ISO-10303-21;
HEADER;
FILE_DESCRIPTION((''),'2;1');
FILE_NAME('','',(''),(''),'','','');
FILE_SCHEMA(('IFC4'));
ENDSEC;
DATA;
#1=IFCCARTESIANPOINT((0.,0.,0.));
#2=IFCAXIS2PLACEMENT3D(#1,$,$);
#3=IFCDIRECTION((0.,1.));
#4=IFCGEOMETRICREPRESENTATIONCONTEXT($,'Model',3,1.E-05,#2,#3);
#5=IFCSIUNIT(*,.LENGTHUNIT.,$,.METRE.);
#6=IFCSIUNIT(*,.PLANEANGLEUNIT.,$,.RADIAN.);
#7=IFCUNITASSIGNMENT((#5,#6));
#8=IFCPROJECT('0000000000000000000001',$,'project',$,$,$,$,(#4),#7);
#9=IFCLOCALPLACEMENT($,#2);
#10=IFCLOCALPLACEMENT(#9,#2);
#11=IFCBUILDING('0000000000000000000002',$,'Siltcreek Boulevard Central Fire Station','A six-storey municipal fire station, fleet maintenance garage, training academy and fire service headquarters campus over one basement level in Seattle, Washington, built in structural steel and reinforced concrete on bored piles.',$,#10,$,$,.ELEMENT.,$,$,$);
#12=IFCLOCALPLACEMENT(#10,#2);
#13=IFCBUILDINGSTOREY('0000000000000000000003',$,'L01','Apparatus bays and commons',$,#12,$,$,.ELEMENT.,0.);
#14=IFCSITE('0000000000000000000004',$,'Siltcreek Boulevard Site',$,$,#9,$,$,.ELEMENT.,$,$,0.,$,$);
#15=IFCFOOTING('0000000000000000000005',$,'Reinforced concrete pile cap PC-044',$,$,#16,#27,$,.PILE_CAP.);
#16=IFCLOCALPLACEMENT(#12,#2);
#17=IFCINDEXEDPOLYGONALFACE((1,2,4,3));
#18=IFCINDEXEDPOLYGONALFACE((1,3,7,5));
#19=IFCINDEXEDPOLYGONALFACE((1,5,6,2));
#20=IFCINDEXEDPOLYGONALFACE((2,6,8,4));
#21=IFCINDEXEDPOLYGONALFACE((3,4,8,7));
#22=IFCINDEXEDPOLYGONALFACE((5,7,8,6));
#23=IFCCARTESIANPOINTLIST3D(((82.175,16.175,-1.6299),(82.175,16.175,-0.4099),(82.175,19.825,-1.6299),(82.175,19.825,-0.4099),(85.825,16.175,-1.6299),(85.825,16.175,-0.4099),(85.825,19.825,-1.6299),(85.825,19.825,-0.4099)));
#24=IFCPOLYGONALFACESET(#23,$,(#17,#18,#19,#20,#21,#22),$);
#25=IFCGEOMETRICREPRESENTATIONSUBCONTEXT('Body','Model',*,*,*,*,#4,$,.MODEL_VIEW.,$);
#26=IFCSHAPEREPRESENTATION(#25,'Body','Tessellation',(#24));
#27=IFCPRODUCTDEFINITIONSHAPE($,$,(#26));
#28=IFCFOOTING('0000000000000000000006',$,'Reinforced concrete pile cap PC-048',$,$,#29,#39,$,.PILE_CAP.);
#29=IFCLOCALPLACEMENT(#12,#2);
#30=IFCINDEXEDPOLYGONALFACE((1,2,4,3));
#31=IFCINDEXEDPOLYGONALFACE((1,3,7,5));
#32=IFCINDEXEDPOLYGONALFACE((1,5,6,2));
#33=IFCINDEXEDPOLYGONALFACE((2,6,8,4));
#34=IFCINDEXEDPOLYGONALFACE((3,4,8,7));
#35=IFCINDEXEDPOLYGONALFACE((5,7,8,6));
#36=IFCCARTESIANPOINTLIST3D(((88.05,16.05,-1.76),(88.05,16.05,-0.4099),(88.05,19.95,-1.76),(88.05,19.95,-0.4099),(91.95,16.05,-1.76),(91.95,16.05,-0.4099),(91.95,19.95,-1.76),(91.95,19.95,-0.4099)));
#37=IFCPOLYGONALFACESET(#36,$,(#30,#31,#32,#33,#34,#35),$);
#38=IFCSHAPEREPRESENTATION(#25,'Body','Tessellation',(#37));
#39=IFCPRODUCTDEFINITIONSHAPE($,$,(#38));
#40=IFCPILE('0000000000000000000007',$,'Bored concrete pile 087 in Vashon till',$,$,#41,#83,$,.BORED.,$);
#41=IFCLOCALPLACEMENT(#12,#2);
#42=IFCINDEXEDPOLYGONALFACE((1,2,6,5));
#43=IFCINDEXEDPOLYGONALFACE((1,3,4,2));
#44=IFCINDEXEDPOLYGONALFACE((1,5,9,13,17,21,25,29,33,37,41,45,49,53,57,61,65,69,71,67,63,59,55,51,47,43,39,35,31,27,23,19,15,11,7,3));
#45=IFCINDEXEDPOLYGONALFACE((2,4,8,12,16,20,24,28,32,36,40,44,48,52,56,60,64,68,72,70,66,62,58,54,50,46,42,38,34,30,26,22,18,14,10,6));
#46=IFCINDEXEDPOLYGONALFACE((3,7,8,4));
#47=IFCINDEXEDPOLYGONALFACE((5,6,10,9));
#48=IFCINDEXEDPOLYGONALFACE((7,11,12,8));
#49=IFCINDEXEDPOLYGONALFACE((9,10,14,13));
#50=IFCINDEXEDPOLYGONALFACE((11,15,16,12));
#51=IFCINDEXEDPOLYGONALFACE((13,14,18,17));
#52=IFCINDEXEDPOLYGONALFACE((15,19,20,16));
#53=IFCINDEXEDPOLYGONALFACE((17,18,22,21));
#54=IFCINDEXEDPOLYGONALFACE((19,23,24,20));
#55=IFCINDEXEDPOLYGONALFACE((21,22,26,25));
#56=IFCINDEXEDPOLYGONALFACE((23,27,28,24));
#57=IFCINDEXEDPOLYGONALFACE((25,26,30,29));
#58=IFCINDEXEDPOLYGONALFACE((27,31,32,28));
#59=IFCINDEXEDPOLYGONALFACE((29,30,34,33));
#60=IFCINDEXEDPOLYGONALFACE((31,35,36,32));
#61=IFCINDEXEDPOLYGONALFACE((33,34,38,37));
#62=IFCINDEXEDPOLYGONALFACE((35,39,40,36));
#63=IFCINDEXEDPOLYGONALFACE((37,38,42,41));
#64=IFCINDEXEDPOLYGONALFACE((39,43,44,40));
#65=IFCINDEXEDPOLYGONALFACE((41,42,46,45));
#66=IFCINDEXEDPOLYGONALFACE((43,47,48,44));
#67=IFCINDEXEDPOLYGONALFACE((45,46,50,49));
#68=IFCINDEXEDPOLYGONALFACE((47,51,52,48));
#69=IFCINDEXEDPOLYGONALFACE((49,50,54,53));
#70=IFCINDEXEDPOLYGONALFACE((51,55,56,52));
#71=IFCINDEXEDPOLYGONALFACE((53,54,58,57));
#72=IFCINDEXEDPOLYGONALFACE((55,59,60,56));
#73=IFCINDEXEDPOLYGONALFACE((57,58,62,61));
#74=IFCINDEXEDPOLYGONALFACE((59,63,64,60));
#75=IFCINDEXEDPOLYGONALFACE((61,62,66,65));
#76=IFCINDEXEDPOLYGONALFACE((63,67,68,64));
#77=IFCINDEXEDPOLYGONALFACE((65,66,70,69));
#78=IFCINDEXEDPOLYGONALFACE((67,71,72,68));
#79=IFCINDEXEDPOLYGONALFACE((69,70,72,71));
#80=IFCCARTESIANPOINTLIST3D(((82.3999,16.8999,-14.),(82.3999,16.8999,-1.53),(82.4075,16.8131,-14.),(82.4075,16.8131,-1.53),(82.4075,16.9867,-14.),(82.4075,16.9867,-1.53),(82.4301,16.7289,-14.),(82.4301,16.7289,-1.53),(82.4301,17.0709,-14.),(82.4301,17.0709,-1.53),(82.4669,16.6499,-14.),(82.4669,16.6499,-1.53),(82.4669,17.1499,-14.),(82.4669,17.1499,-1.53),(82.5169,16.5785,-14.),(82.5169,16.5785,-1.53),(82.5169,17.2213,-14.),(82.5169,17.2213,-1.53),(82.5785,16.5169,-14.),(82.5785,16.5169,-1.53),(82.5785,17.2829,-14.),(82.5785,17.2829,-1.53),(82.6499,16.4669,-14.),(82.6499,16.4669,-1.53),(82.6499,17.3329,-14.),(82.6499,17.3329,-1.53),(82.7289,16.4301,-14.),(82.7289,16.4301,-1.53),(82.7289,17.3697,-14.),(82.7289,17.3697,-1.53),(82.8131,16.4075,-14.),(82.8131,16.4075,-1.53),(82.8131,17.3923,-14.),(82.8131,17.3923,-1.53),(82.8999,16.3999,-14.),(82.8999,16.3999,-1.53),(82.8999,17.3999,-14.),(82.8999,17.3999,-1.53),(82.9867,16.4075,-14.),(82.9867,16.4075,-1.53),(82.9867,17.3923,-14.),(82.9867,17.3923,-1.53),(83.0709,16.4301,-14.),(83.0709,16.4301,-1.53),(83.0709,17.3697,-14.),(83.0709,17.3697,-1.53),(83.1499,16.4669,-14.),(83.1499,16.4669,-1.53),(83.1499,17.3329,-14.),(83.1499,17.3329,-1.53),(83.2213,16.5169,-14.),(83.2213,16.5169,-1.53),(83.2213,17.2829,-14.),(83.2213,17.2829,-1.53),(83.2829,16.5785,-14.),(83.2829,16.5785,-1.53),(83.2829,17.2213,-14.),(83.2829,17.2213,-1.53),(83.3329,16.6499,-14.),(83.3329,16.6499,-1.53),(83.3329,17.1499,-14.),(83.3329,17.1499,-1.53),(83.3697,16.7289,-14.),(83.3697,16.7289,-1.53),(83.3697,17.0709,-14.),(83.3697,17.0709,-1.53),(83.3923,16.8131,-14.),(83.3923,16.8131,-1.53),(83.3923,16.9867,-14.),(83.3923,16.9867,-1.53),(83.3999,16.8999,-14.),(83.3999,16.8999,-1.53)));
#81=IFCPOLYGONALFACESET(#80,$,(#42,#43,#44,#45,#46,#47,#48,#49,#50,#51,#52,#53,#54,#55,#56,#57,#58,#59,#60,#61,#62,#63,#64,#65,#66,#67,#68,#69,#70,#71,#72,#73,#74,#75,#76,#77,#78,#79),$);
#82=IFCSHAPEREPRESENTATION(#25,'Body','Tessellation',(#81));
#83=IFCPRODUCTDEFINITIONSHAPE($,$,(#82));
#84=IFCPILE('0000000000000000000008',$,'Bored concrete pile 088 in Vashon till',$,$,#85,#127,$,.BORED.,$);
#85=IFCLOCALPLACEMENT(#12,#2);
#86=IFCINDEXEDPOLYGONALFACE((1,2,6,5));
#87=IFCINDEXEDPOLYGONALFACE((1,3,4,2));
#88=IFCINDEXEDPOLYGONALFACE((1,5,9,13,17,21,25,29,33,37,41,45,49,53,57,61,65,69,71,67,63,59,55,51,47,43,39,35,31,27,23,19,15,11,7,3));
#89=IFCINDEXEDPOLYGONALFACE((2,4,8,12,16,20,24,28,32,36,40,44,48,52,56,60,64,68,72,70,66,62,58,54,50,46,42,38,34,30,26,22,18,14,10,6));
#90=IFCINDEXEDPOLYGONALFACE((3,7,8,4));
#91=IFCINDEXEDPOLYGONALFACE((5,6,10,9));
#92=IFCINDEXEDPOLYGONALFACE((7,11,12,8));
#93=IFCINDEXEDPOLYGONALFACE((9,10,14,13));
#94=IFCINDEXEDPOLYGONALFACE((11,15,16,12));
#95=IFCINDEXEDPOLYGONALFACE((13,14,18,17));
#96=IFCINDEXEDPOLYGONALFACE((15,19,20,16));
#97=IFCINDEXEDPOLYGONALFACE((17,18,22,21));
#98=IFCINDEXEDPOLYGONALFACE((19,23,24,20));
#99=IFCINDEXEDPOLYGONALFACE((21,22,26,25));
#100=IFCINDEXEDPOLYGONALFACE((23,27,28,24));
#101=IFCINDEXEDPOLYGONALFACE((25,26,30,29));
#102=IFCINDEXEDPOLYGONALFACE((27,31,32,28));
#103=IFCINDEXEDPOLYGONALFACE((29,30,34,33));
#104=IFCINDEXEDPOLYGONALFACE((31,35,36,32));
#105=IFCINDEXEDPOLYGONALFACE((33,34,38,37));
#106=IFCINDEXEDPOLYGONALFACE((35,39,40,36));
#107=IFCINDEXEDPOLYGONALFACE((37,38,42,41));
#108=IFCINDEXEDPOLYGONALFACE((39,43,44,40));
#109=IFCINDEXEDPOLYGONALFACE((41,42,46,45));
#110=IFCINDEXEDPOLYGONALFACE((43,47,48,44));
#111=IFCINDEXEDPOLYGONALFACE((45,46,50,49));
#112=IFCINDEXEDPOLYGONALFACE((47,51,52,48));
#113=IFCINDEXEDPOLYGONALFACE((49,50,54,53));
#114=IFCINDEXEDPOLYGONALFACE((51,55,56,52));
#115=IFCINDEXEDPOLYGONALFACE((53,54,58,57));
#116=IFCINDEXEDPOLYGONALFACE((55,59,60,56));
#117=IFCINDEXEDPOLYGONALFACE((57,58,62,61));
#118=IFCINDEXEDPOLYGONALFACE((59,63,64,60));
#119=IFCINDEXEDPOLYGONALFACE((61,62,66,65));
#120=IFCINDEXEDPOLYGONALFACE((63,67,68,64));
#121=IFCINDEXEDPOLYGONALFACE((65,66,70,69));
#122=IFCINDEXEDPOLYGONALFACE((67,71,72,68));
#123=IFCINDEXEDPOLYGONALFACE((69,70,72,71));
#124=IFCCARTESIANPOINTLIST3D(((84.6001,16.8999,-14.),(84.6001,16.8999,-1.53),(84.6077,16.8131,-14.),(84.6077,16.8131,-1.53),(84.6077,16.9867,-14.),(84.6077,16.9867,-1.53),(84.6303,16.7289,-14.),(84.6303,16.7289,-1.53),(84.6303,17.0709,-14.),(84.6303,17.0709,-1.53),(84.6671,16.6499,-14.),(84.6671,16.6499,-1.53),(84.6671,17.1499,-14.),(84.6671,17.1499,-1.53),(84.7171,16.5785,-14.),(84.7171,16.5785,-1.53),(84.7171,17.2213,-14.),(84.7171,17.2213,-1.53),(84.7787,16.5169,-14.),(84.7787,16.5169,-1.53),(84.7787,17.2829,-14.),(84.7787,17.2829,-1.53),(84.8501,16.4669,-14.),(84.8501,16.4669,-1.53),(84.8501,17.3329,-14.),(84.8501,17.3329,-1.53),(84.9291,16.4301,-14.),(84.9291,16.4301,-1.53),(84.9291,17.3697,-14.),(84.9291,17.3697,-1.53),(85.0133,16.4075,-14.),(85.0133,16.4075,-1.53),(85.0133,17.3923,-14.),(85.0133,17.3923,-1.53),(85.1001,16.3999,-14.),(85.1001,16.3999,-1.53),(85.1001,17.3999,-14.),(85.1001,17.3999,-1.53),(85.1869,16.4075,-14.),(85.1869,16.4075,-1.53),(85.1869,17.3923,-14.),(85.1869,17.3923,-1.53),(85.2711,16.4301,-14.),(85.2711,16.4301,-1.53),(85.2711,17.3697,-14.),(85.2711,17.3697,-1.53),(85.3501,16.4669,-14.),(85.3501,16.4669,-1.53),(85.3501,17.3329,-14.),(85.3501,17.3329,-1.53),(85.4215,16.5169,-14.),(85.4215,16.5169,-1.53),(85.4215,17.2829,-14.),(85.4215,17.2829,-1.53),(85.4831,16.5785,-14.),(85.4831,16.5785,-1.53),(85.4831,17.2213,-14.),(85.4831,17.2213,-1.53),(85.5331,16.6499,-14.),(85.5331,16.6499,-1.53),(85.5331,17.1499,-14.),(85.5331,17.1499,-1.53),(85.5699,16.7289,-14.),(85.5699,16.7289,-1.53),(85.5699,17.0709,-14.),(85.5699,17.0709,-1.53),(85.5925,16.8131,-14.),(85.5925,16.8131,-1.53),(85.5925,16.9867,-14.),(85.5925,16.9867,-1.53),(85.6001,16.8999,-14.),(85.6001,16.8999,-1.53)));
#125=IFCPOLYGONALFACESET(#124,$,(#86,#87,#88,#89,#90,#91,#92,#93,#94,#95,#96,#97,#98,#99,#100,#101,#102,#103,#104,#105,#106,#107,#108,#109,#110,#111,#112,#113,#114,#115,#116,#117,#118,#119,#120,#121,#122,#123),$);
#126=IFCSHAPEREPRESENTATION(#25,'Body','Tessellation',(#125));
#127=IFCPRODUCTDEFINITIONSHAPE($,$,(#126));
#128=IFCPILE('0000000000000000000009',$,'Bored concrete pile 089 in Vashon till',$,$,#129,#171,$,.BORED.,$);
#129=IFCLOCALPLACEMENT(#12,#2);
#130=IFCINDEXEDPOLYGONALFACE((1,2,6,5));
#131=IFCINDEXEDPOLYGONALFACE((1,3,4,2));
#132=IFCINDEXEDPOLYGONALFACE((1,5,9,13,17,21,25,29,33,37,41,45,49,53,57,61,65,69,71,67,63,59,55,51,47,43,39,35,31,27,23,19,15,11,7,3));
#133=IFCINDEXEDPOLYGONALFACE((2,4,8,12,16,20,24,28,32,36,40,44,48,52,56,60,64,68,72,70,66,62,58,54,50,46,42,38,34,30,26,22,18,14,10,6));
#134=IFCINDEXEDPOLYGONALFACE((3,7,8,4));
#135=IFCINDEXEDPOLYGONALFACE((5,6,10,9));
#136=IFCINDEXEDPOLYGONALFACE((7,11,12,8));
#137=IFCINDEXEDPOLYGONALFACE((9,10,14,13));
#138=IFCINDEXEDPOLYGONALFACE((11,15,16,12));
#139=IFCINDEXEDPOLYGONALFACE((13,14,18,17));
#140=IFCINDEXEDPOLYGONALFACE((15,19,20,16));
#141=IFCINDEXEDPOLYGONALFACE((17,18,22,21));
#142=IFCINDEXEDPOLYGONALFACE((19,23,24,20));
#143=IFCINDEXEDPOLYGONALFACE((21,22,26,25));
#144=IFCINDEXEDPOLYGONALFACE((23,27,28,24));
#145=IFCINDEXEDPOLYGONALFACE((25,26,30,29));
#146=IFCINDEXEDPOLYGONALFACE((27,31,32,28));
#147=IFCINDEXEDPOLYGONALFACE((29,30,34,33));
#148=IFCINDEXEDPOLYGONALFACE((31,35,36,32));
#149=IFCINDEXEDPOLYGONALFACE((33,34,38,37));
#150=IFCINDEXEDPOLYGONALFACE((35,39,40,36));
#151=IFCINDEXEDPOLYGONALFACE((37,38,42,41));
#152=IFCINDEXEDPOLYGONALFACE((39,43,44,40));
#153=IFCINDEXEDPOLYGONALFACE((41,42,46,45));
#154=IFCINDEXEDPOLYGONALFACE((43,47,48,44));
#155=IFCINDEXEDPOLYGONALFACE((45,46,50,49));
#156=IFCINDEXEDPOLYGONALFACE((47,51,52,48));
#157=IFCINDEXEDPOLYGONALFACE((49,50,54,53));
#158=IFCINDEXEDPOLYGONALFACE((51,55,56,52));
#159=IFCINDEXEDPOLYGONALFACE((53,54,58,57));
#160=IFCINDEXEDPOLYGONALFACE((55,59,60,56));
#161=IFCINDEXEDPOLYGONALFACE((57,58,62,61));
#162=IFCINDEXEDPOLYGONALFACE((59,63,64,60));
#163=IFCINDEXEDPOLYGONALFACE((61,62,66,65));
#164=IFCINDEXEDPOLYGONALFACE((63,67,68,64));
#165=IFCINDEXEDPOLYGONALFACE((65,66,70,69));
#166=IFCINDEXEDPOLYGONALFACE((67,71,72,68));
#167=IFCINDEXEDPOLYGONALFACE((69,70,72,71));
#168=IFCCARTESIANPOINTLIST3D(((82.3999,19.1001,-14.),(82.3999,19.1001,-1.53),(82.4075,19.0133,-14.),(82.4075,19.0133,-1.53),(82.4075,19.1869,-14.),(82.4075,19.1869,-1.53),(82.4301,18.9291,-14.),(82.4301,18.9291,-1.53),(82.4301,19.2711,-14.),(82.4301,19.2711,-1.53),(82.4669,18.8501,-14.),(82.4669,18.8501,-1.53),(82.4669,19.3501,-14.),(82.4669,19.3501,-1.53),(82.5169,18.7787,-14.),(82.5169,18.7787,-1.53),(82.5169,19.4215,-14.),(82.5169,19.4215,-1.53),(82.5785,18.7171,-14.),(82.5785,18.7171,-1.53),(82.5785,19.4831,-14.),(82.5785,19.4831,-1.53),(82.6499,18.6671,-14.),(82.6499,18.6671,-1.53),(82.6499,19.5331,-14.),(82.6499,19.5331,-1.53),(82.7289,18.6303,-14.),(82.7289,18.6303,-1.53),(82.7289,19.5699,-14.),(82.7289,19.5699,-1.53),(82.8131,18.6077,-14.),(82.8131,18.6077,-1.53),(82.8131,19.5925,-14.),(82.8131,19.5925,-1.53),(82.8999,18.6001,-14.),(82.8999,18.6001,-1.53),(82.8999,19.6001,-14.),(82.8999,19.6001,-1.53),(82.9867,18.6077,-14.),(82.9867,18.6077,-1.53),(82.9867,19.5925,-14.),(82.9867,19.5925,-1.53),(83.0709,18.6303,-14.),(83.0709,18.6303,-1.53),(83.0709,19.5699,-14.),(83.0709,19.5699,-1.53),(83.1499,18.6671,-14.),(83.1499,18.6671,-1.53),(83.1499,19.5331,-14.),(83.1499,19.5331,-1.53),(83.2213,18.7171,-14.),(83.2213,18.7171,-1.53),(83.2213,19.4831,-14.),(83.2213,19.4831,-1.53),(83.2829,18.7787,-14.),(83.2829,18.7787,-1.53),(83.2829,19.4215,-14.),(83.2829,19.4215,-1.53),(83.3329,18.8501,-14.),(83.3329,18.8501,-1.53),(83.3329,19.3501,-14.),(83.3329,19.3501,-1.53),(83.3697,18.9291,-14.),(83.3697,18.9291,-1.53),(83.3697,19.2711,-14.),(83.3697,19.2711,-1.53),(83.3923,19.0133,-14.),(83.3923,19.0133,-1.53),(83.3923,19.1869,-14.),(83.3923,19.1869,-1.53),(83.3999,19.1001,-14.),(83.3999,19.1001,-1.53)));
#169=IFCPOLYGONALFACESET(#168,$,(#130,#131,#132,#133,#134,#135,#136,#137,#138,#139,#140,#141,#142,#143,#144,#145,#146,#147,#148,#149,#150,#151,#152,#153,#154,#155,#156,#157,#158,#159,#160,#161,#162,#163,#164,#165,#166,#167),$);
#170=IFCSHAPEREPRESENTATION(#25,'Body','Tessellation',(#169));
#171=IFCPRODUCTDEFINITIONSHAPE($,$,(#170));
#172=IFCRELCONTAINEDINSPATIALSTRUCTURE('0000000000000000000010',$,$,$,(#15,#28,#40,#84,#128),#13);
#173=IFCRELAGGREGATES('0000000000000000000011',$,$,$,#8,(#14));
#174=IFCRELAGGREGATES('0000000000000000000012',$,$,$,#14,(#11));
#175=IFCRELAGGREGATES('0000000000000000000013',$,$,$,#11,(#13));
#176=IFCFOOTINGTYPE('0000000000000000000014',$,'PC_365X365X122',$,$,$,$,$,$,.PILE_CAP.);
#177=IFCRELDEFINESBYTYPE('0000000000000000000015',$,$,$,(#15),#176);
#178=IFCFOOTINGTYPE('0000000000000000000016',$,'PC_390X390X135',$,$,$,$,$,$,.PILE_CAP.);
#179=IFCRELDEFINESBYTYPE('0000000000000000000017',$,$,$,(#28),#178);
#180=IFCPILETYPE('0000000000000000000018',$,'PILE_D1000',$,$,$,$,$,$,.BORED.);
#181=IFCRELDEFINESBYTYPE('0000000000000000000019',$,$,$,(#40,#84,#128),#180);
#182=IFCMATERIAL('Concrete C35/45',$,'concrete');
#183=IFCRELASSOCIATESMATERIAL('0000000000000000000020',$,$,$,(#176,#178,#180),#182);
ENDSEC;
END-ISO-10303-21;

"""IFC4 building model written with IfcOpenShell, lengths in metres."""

from ifc_helpers import new_model, si_unit, direction, frame, origin, origin_2d, place, context, subcontext, project, spatial, rectangle, circle, extrude, material, material_profile, profile_set, type_object, element, save


model = new_model("IFC4")

# Units and contexts
model_context = context("Model", 3, precision=1e-05, world=origin(), true_north=direction((0.0, 1.0)))
body_context = subcontext(model_context, "Body", "Model", "MODEL_VIEW")
ifc_project = project(units=[si_unit("LENGTHUNIT", "METRE"), si_unit("PLANEANGLEUNIT", "RADIAN")], contexts=[model_context])

# Site, building, storey
site_placement = place(None, origin())
site = spatial("IfcSite", under=ifc_project, at=site_placement, Name="Siltcreek Boulevard Site", CompositionType="ELEMENT", RefElevation=0.0)
building_placement = place(site_placement, origin())
building = spatial("IfcBuilding", under=site, at=building_placement, Name="Siltcreek Boulevard Central Fire Station", Description="A six-storey municipal fire station, fleet maintenance garage, training academy and fire service headquarters campus over one basement level in Seattle, Washington, built in structural steel and reinforced concrete on bored piles.", CompositionType="ELEMENT")
storey_placement = place(building_placement, origin())
storey = spatial("IfcBuildingStorey", under=building, at=storey_placement, Name="L01", Description="Apparatus bays and commons", CompositionType="ELEMENT", Elevation=0.0)

# Footings
ifc_material_1 = material(Name="Concrete C35/45", Category="concrete")
footing_type_1 = type_object("IfcFootingType", Name="PC_365X365X122", PredefinedType="PILE_CAP", material=ifc_material_1)
footing_1_placement = place(storey_placement, frame((84.0, 18.0, -1.6299), z_axis=(0.0, 0.0, 1.0), x_axis=(1.0, 0.0, 0.0)))
element("IfcFooting", 1, at=footing_1_placement, inside=storey, type_object=footing_type_1, Name="Reinforced concrete pile cap PC-044", PredefinedType="PILE_CAP", context=body_context, shape_type="SweptSolid", body=[
    extrude(rectangle(XDim=3.6499, YDim=3.6499, at=origin_2d()), origin(), (0.0, 0.0, 1.0), 1.22),
])
footing_type_2 = type_object("IfcFootingType", Name="PC_390X390X135", PredefinedType="PILE_CAP", material=ifc_material_1)
footing_2_placement = place(storey_placement, frame((90.0, 18.0, -1.76), z_axis=(0.0, 0.0, 1.0), x_axis=(1.0, 0.0, 0.0)))
element("IfcFooting", 2, at=footing_2_placement, inside=storey, type_object=footing_type_2, Name="Reinforced concrete pile cap PC-048", PredefinedType="PILE_CAP", context=body_context, shape_type="SweptSolid", body=[
    extrude(rectangle(XDim=3.8999, YDim=3.8999, at=origin_2d()), origin(), (0.0, 0.0, 1.0), 1.3501),
])

# Piles
ifc_material_profile_1 = material_profile(ifc_material_1, circle(Radius=0.5, at=origin_2d()), Name="SHAFT1000")
ifc_profile_set_1 = profile_set([ifc_material_profile_1], Name="Concrete C35/45")
pile_type = type_object("IfcPileType", Name="PILE_D1000", PredefinedType="BORED", material=ifc_profile_set_1)
for number, where, z_axis, x_axis, name in (
    (3, (82.8999, 16.8999, -1.53), (0.0, 0.0, -1.0), (1.0, 0.0, 0.0), "Bored concrete pile 087 in Vashon till"),
    (4, (85.1001, 16.8999, -1.53), (0.0, 0.0, -1.0), (1.0, 0.0, 0.0), "Bored concrete pile 088 in Vashon till"),
    (5, (82.8999, 19.1001, -1.53), (0.0, 0.0, -1.0), (1.0, 0.0, 0.0), "Bored concrete pile 089 in Vashon till"),
):
    element("IfcPile", number, at=place(storey_placement, frame(where, z_axis=z_axis, x_axis=x_axis)), inside=storey, type_object=pile_type, Name=name, PredefinedType="BORED", context=body_context, shape_type="SweptSolid", body=[
        extrude(circle(Radius=0.5, at=origin_2d()), origin(), (0.0, 0.0, 1.0), 12.47),
    ])

save(model, "model.ifc")
